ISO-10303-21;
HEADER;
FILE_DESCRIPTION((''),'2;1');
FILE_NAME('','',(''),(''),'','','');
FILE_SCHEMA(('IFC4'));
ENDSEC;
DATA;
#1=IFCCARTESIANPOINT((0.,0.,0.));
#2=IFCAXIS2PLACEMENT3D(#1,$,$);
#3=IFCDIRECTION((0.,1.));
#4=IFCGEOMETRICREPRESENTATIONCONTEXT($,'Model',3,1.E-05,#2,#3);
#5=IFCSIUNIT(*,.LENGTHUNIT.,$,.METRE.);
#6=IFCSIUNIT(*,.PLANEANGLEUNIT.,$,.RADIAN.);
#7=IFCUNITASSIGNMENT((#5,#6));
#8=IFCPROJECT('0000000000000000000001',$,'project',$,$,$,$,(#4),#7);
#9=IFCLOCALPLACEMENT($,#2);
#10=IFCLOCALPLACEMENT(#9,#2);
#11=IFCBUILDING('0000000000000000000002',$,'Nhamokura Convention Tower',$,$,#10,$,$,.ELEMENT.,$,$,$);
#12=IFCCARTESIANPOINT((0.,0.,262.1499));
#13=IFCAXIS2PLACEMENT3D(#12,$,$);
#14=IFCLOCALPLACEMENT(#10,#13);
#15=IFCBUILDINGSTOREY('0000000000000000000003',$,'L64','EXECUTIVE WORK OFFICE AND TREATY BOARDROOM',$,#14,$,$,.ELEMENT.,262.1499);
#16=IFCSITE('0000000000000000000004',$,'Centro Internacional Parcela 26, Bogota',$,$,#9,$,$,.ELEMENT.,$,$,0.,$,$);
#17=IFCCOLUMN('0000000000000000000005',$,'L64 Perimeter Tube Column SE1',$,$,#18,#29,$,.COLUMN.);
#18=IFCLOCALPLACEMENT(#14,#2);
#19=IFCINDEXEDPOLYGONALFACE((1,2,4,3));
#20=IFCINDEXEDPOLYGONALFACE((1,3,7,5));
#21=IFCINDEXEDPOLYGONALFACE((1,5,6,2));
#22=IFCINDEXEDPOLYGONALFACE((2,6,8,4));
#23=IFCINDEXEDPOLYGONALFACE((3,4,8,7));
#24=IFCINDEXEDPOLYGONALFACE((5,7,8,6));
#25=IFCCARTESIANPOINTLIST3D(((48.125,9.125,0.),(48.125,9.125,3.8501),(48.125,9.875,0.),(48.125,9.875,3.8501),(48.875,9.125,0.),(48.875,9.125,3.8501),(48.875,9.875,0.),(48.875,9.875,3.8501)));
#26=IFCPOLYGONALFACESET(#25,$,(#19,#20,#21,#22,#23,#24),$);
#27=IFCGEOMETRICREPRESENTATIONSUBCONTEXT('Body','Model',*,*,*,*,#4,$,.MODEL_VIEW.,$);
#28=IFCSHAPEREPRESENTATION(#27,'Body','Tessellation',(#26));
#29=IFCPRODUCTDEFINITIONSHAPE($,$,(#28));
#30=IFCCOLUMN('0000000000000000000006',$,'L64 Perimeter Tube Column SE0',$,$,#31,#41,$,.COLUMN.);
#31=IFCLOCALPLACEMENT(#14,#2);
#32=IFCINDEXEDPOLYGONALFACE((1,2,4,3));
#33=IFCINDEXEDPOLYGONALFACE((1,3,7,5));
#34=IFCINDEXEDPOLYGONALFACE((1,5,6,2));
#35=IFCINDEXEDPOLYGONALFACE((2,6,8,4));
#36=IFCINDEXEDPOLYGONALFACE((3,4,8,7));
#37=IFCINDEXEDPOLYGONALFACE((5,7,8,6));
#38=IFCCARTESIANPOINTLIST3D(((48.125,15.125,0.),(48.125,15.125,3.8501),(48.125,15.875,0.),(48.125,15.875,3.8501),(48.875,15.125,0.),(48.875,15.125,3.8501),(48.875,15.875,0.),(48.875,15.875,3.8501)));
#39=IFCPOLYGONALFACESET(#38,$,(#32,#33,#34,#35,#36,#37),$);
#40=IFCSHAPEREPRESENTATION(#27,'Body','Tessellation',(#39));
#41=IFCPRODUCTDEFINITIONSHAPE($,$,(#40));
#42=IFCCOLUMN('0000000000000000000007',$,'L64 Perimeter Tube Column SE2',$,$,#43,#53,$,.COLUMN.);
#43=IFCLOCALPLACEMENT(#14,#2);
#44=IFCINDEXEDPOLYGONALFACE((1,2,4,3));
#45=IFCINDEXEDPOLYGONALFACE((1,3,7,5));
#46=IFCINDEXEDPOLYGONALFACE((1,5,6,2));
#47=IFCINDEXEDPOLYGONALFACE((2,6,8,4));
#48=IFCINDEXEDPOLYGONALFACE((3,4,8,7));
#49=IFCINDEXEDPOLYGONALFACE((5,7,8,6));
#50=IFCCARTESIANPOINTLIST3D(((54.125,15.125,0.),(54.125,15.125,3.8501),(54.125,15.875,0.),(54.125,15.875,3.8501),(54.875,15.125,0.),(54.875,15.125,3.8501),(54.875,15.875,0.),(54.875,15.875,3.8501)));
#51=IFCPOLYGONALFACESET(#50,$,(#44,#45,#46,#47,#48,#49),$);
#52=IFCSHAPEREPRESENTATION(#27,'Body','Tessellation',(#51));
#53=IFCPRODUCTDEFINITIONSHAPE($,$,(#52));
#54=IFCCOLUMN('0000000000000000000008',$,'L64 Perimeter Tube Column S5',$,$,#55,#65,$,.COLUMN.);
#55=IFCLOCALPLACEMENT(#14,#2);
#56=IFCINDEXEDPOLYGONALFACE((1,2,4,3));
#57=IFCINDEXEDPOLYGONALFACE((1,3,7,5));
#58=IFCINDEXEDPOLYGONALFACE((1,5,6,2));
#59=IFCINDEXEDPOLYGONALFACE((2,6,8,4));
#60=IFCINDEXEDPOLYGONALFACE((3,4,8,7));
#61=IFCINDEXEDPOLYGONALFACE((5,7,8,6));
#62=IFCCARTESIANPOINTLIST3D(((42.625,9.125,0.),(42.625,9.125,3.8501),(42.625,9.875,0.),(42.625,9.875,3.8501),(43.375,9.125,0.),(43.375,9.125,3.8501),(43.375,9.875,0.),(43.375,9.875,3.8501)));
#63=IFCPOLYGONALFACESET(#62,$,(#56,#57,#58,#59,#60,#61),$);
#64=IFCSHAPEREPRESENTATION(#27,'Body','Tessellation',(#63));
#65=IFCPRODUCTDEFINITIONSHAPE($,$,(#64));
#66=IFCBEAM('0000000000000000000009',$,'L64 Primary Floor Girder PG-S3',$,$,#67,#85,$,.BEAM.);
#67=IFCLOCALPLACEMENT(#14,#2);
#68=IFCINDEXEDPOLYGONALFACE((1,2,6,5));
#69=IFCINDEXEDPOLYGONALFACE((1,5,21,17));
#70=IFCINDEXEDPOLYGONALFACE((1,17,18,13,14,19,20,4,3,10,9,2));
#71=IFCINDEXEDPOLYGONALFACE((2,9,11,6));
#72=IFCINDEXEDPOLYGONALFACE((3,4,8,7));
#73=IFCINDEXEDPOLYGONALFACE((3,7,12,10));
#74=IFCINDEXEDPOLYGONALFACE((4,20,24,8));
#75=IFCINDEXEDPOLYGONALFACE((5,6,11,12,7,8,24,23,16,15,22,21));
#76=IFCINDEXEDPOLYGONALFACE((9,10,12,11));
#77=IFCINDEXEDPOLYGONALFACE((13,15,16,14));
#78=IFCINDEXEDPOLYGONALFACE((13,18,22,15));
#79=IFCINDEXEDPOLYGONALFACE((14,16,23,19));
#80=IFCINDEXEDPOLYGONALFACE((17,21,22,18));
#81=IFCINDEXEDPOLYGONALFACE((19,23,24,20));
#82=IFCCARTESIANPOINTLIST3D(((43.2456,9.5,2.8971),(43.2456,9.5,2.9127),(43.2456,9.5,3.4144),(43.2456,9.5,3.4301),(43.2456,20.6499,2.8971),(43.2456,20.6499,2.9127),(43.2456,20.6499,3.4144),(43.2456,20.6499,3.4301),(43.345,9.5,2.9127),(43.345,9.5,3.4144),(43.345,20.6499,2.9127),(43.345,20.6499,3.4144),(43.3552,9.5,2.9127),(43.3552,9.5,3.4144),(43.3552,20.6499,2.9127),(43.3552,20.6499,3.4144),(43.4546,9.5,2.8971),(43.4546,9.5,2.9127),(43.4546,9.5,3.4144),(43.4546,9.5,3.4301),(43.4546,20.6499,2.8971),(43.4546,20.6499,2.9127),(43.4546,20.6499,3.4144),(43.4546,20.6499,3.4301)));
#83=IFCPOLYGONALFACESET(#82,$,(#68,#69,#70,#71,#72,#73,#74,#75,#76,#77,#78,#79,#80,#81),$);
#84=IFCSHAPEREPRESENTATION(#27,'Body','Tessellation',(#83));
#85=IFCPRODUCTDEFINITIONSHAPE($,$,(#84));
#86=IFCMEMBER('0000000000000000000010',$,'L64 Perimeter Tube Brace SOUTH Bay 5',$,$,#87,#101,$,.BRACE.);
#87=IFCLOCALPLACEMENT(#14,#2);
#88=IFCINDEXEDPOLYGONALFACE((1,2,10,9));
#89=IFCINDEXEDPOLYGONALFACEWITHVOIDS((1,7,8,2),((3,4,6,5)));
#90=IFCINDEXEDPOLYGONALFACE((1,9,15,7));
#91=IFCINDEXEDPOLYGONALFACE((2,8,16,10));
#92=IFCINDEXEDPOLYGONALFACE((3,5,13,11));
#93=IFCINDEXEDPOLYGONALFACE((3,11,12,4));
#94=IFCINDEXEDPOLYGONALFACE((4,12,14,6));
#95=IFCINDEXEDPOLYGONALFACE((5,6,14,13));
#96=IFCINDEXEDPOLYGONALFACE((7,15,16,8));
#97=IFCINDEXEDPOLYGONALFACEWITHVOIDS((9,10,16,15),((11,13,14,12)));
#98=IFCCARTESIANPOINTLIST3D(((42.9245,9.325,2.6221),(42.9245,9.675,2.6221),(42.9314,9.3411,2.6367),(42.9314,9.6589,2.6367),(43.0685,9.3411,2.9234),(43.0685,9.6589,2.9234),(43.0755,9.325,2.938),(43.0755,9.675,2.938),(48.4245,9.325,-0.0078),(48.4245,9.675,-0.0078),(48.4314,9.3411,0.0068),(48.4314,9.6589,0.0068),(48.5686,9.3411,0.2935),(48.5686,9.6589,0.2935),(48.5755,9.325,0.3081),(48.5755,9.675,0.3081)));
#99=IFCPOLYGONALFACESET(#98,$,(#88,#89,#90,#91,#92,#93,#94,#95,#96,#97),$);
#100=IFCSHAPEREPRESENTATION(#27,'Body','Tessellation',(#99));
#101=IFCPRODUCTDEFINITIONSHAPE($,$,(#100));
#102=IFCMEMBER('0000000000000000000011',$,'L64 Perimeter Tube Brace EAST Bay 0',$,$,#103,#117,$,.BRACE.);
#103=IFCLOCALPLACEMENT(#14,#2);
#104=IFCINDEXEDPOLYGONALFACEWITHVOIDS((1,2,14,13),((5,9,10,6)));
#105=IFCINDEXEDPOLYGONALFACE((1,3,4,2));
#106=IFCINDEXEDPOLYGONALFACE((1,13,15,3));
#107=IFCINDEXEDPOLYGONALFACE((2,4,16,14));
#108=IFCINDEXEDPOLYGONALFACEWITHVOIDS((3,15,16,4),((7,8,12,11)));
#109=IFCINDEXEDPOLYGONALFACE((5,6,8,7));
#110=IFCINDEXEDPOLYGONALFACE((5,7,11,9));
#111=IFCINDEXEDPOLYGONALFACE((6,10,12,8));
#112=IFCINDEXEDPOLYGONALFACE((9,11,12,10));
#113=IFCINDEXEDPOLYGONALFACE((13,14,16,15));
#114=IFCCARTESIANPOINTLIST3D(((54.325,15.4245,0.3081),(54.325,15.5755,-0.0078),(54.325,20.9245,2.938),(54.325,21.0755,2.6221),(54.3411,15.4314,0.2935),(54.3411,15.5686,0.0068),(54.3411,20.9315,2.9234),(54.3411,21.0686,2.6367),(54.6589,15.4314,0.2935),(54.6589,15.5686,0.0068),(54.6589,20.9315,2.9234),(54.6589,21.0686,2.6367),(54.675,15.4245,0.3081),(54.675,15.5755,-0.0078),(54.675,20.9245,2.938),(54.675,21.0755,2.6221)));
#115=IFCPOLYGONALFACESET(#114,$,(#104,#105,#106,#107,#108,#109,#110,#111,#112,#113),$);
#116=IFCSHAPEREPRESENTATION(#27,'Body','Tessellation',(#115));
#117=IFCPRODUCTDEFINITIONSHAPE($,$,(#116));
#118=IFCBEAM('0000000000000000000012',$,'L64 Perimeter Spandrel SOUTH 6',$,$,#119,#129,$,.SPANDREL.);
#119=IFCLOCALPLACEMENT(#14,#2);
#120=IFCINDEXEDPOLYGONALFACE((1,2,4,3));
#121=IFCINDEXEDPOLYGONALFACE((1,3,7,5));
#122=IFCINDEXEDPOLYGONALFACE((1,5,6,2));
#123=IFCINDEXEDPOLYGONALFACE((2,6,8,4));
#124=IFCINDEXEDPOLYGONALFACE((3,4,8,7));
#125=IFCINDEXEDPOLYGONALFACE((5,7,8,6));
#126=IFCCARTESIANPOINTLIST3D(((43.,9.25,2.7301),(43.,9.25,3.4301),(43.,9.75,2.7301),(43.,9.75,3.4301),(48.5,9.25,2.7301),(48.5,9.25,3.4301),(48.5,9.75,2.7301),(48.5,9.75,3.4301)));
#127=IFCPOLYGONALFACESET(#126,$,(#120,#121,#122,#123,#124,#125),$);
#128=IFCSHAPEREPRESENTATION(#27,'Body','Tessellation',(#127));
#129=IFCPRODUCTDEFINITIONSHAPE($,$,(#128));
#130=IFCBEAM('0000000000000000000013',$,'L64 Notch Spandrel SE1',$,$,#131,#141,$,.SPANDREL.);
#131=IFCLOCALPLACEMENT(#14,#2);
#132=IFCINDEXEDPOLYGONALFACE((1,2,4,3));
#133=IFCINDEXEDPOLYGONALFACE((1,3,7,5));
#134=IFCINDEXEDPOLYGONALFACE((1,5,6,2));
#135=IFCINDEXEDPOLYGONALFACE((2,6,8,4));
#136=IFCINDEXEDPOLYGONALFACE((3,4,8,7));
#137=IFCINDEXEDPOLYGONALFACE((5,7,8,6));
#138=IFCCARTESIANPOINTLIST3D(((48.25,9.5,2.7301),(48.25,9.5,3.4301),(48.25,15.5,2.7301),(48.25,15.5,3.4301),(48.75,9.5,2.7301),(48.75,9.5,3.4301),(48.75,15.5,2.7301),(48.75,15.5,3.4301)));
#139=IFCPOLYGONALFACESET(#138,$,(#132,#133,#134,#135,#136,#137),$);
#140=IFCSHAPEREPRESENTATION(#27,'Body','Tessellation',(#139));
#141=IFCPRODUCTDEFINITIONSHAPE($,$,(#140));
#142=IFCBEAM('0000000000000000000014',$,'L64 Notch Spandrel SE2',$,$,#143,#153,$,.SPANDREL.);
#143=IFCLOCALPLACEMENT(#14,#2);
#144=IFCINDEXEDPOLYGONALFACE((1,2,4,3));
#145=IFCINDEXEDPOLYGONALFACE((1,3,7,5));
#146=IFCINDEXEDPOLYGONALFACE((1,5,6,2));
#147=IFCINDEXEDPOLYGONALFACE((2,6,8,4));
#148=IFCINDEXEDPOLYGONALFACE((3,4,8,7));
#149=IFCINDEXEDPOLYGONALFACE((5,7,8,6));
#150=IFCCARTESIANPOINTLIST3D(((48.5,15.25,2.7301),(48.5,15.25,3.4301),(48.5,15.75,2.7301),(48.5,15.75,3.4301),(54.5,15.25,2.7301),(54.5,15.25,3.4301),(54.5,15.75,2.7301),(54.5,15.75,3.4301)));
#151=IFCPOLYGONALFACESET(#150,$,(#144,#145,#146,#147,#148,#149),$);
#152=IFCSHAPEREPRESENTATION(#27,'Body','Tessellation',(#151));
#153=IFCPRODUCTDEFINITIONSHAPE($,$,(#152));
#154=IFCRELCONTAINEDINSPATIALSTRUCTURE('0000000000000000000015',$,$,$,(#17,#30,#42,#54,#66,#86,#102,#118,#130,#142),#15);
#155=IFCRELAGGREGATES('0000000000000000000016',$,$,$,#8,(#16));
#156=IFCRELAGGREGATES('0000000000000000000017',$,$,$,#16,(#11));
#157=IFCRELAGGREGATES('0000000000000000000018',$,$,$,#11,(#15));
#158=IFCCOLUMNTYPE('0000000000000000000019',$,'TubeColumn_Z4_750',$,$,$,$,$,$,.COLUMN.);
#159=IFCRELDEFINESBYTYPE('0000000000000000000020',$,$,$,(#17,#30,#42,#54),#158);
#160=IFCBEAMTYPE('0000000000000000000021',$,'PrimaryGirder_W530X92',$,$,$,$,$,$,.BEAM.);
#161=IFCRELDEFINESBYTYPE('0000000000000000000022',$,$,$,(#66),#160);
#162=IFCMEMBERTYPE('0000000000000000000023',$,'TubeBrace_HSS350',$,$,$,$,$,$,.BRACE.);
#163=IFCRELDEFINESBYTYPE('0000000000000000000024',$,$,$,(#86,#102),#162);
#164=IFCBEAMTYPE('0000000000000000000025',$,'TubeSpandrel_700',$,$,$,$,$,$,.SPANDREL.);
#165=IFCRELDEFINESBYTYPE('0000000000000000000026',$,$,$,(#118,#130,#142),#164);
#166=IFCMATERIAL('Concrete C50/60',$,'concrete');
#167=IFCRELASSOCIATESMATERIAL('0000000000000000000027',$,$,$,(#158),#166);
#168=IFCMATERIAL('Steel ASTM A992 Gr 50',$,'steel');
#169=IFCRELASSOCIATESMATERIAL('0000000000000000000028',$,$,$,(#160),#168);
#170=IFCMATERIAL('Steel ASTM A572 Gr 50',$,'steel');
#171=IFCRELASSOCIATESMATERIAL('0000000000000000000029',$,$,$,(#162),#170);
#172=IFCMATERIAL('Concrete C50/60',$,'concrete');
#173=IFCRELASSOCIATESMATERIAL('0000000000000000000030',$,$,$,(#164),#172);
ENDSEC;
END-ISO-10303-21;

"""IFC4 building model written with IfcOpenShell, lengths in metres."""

from ifc_helpers import new_model, si_unit, direction, frame, origin, origin_2d, place, context, subcontext, project, spatial, rectangle, hollow_rectangle, i_section, extrude, material, material_profile, profile_set, type_object, element, save


model = new_model("IFC4")

# Units and contexts
model_context = context("Model", 3, precision=1e-05, world=origin(), true_north=direction((0.0, 1.0)))
body_context = subcontext(model_context, "Body", "Model", "MODEL_VIEW")
ifc_project = project(units=[si_unit("LENGTHUNIT", "METRE"), si_unit("PLANEANGLEUNIT", "RADIAN")], contexts=[model_context])

# Site, building, storey
site_placement = place(None, origin())
site = spatial("IfcSite", under=ifc_project, at=site_placement, Name="Centro Internacional Parcela 26, Bogota", CompositionType="ELEMENT", RefElevation=0.0)
building_placement = place(site_placement, origin())
building = spatial("IfcBuilding", under=site, at=building_placement, Name="Nhamokura Convention Tower", CompositionType="ELEMENT")
storey_placement = place(building_placement, frame((0.0, 0.0, 262.1499)))
storey = spatial("IfcBuildingStorey", under=building, at=storey_placement, Name="L64", Description="EXECUTIVE WORK OFFICE AND TREATY BOARDROOM", CompositionType="ELEMENT", Elevation=262.1499)

# Columns
ifc_material_1 = material(Name="Concrete C50/60", Category="concrete")
ifc_material_profile_1 = material_profile(ifc_material_1, rectangle(XDim=0.75, YDim=0.75, at=origin_2d()))
ifc_profile_set_1 = profile_set([ifc_material_profile_1], Name="Concrete C50/60")
column_type = type_object("IfcColumnType", Name="TubeColumn_Z4_750", PredefinedType="COLUMN", material=ifc_profile_set_1)
for number, where, z_axis, x_axis, name in (
    (1, (48.5, 9.5, 0.0), (0.0, 0.0, 1.0), (1.0, 0.0, 0.0), "L64 Perimeter Tube Column SE1"),
    (2, (48.5, 15.5, 0.0), (0.0, 0.0, 1.0), (1.0, 0.0, 0.0), "L64 Perimeter Tube Column SE0"),
    (3, (54.5, 15.5, 0.0), (0.0, 0.0, 1.0), (1.0, 0.0, 0.0), "L64 Perimeter Tube Column SE2"),
    (4, (43.0, 9.5, 0.0), (0.0, 0.0, 1.0), (1.0, 0.0, 0.0), "L64 Perimeter Tube Column S5"),
):
    element("IfcColumn", number, at=place(storey_placement, frame(where, z_axis=z_axis, x_axis=x_axis)), inside=storey, type_object=column_type, Name=name, PredefinedType="COLUMN", context=body_context, shape_type="SweptSolid", body=[
        extrude(rectangle(XDim=0.75, YDim=0.75, at=origin_2d()), origin(), (0.0, 0.0, 1.0), 3.8501),
    ])

# Beam
ifc_material_2 = material(Name="Steel ASTM A992 Gr 50", Category="steel")
ifc_material_profile_2 = material_profile(ifc_material_2, i_section(OverallWidth=0.209, OverallDepth=0.533, WebThickness=0.0103, FlangeThickness=0.0156, at=origin_2d()))
ifc_profile_set_2 = profile_set([ifc_material_profile_2], Name="Steel ASTM A992 Gr 50")
beam_type_1 = type_object("IfcBeamType", Name="PrimaryGirder_W530X92", PredefinedType="BEAM", material=ifc_profile_set_2)
beam_1_placement = place(storey_placement, frame((43.3501, 9.5, 3.1636), z_axis=(0.0, 1.0, 0.0), x_axis=(-1.0, 0.0, 0.0)))
element("IfcBeam", 5, at=beam_1_placement, inside=storey, type_object=beam_type_1, Name="L64 Primary Floor Girder PG-S3", PredefinedType="BEAM", context=body_context, shape_type="SweptSolid", body=[
    extrude(i_section(OverallWidth=0.209, OverallDepth=0.533, WebThickness=0.0103, FlangeThickness=0.0156, at=origin_2d()), origin(), (0.0, 0.0, 1.0), 11.1499),
])

# Members
ifc_material_3 = material(Name="Steel ASTM A572 Gr 50", Category="steel")
ifc_material_profile_3 = material_profile(ifc_material_3, hollow_rectangle(XDim=0.3501, YDim=0.3501, WallThickness=0.0161, at=origin_2d()))
ifc_profile_set_3 = profile_set([ifc_material_profile_3], Name="Steel ASTM A572 Gr 50")
member_type = type_object("IfcMemberType", Name="TubeBrace_HSS350", PredefinedType="BRACE", material=ifc_profile_set_3)
for number, where, z_axis, x_axis, name in (
    (6, (48.5, 9.5, 0.1501), (-0.902169, 0.0, 0.431382), (0.0, -1.0, 0.0), "L64 Perimeter Tube Brace SOUTH Bay 5"),
    (7, (54.5, 15.5, 0.1501), (0.0, 0.902169, 0.431382), (-1.0, 0.0, 0.0), "L64 Perimeter Tube Brace EAST Bay 0"),
):
    element("IfcMember", number, at=place(storey_placement, frame(where, z_axis=z_axis, x_axis=x_axis)), inside=storey, type_object=member_type, Name=name, PredefinedType="BRACE", context=body_context, shape_type="SweptSolid", body=[
        extrude(hollow_rectangle(XDim=0.3501, YDim=0.3501, WallThickness=0.0161, at=origin_2d()), origin(), (0.0, 0.0, 1.0), 6.0964),
    ])

# Beams
ifc_material_4 = material(Name="Concrete C50/60", Category="concrete")
ifc_material_profile_4 = material_profile(ifc_material_4, rectangle(XDim=0.5, YDim=0.7, at=origin_2d()))
ifc_profile_set_4 = profile_set([ifc_material_profile_4], Name="Concrete C50/60")
beam_type_2 = type_object("IfcBeamType", Name="TubeSpandrel_700", PredefinedType="SPANDREL", material=ifc_profile_set_4)
beam_2_placement = place(storey_placement, frame((43.0, 9.5, 3.0801), z_axis=(1.0, 0.0, 0.0), x_axis=(0.0, 1.0, 0.0)))
element("IfcBeam", 8, at=beam_2_placement, inside=storey, type_object=beam_type_2, Name="L64 Perimeter Spandrel SOUTH 6", PredefinedType="SPANDREL", context=body_context, shape_type="SweptSolid", body=[
    extrude(rectangle(XDim=0.5, YDim=0.7, at=origin_2d()), origin(), (0.0, 0.0, 1.0), 5.5),
])
for number, where, z_axis, x_axis, name in (
    (9, (48.5, 9.5, 3.0801), (0.0, 1.0, 0.0), (-1.0, 0.0, 0.0), "L64 Notch Spandrel SE1"),
    (10, (48.5, 15.5, 3.0801), (1.0, 0.0, 0.0), (0.0, 1.0, 0.0), "L64 Notch Spandrel SE2"),
):
    element("IfcBeam", number, at=place(storey_placement, frame(where, z_axis=z_axis, x_axis=x_axis)), inside=storey, type_object=beam_type_2, Name=name, PredefinedType="SPANDREL", context=body_context, shape_type="SweptSolid", body=[
        extrude(rectangle(XDim=0.5, YDim=0.7, at=origin_2d()), origin(), (0.0, 0.0, 1.0), 6.0),
    ])

save(model, "model.ifc")
